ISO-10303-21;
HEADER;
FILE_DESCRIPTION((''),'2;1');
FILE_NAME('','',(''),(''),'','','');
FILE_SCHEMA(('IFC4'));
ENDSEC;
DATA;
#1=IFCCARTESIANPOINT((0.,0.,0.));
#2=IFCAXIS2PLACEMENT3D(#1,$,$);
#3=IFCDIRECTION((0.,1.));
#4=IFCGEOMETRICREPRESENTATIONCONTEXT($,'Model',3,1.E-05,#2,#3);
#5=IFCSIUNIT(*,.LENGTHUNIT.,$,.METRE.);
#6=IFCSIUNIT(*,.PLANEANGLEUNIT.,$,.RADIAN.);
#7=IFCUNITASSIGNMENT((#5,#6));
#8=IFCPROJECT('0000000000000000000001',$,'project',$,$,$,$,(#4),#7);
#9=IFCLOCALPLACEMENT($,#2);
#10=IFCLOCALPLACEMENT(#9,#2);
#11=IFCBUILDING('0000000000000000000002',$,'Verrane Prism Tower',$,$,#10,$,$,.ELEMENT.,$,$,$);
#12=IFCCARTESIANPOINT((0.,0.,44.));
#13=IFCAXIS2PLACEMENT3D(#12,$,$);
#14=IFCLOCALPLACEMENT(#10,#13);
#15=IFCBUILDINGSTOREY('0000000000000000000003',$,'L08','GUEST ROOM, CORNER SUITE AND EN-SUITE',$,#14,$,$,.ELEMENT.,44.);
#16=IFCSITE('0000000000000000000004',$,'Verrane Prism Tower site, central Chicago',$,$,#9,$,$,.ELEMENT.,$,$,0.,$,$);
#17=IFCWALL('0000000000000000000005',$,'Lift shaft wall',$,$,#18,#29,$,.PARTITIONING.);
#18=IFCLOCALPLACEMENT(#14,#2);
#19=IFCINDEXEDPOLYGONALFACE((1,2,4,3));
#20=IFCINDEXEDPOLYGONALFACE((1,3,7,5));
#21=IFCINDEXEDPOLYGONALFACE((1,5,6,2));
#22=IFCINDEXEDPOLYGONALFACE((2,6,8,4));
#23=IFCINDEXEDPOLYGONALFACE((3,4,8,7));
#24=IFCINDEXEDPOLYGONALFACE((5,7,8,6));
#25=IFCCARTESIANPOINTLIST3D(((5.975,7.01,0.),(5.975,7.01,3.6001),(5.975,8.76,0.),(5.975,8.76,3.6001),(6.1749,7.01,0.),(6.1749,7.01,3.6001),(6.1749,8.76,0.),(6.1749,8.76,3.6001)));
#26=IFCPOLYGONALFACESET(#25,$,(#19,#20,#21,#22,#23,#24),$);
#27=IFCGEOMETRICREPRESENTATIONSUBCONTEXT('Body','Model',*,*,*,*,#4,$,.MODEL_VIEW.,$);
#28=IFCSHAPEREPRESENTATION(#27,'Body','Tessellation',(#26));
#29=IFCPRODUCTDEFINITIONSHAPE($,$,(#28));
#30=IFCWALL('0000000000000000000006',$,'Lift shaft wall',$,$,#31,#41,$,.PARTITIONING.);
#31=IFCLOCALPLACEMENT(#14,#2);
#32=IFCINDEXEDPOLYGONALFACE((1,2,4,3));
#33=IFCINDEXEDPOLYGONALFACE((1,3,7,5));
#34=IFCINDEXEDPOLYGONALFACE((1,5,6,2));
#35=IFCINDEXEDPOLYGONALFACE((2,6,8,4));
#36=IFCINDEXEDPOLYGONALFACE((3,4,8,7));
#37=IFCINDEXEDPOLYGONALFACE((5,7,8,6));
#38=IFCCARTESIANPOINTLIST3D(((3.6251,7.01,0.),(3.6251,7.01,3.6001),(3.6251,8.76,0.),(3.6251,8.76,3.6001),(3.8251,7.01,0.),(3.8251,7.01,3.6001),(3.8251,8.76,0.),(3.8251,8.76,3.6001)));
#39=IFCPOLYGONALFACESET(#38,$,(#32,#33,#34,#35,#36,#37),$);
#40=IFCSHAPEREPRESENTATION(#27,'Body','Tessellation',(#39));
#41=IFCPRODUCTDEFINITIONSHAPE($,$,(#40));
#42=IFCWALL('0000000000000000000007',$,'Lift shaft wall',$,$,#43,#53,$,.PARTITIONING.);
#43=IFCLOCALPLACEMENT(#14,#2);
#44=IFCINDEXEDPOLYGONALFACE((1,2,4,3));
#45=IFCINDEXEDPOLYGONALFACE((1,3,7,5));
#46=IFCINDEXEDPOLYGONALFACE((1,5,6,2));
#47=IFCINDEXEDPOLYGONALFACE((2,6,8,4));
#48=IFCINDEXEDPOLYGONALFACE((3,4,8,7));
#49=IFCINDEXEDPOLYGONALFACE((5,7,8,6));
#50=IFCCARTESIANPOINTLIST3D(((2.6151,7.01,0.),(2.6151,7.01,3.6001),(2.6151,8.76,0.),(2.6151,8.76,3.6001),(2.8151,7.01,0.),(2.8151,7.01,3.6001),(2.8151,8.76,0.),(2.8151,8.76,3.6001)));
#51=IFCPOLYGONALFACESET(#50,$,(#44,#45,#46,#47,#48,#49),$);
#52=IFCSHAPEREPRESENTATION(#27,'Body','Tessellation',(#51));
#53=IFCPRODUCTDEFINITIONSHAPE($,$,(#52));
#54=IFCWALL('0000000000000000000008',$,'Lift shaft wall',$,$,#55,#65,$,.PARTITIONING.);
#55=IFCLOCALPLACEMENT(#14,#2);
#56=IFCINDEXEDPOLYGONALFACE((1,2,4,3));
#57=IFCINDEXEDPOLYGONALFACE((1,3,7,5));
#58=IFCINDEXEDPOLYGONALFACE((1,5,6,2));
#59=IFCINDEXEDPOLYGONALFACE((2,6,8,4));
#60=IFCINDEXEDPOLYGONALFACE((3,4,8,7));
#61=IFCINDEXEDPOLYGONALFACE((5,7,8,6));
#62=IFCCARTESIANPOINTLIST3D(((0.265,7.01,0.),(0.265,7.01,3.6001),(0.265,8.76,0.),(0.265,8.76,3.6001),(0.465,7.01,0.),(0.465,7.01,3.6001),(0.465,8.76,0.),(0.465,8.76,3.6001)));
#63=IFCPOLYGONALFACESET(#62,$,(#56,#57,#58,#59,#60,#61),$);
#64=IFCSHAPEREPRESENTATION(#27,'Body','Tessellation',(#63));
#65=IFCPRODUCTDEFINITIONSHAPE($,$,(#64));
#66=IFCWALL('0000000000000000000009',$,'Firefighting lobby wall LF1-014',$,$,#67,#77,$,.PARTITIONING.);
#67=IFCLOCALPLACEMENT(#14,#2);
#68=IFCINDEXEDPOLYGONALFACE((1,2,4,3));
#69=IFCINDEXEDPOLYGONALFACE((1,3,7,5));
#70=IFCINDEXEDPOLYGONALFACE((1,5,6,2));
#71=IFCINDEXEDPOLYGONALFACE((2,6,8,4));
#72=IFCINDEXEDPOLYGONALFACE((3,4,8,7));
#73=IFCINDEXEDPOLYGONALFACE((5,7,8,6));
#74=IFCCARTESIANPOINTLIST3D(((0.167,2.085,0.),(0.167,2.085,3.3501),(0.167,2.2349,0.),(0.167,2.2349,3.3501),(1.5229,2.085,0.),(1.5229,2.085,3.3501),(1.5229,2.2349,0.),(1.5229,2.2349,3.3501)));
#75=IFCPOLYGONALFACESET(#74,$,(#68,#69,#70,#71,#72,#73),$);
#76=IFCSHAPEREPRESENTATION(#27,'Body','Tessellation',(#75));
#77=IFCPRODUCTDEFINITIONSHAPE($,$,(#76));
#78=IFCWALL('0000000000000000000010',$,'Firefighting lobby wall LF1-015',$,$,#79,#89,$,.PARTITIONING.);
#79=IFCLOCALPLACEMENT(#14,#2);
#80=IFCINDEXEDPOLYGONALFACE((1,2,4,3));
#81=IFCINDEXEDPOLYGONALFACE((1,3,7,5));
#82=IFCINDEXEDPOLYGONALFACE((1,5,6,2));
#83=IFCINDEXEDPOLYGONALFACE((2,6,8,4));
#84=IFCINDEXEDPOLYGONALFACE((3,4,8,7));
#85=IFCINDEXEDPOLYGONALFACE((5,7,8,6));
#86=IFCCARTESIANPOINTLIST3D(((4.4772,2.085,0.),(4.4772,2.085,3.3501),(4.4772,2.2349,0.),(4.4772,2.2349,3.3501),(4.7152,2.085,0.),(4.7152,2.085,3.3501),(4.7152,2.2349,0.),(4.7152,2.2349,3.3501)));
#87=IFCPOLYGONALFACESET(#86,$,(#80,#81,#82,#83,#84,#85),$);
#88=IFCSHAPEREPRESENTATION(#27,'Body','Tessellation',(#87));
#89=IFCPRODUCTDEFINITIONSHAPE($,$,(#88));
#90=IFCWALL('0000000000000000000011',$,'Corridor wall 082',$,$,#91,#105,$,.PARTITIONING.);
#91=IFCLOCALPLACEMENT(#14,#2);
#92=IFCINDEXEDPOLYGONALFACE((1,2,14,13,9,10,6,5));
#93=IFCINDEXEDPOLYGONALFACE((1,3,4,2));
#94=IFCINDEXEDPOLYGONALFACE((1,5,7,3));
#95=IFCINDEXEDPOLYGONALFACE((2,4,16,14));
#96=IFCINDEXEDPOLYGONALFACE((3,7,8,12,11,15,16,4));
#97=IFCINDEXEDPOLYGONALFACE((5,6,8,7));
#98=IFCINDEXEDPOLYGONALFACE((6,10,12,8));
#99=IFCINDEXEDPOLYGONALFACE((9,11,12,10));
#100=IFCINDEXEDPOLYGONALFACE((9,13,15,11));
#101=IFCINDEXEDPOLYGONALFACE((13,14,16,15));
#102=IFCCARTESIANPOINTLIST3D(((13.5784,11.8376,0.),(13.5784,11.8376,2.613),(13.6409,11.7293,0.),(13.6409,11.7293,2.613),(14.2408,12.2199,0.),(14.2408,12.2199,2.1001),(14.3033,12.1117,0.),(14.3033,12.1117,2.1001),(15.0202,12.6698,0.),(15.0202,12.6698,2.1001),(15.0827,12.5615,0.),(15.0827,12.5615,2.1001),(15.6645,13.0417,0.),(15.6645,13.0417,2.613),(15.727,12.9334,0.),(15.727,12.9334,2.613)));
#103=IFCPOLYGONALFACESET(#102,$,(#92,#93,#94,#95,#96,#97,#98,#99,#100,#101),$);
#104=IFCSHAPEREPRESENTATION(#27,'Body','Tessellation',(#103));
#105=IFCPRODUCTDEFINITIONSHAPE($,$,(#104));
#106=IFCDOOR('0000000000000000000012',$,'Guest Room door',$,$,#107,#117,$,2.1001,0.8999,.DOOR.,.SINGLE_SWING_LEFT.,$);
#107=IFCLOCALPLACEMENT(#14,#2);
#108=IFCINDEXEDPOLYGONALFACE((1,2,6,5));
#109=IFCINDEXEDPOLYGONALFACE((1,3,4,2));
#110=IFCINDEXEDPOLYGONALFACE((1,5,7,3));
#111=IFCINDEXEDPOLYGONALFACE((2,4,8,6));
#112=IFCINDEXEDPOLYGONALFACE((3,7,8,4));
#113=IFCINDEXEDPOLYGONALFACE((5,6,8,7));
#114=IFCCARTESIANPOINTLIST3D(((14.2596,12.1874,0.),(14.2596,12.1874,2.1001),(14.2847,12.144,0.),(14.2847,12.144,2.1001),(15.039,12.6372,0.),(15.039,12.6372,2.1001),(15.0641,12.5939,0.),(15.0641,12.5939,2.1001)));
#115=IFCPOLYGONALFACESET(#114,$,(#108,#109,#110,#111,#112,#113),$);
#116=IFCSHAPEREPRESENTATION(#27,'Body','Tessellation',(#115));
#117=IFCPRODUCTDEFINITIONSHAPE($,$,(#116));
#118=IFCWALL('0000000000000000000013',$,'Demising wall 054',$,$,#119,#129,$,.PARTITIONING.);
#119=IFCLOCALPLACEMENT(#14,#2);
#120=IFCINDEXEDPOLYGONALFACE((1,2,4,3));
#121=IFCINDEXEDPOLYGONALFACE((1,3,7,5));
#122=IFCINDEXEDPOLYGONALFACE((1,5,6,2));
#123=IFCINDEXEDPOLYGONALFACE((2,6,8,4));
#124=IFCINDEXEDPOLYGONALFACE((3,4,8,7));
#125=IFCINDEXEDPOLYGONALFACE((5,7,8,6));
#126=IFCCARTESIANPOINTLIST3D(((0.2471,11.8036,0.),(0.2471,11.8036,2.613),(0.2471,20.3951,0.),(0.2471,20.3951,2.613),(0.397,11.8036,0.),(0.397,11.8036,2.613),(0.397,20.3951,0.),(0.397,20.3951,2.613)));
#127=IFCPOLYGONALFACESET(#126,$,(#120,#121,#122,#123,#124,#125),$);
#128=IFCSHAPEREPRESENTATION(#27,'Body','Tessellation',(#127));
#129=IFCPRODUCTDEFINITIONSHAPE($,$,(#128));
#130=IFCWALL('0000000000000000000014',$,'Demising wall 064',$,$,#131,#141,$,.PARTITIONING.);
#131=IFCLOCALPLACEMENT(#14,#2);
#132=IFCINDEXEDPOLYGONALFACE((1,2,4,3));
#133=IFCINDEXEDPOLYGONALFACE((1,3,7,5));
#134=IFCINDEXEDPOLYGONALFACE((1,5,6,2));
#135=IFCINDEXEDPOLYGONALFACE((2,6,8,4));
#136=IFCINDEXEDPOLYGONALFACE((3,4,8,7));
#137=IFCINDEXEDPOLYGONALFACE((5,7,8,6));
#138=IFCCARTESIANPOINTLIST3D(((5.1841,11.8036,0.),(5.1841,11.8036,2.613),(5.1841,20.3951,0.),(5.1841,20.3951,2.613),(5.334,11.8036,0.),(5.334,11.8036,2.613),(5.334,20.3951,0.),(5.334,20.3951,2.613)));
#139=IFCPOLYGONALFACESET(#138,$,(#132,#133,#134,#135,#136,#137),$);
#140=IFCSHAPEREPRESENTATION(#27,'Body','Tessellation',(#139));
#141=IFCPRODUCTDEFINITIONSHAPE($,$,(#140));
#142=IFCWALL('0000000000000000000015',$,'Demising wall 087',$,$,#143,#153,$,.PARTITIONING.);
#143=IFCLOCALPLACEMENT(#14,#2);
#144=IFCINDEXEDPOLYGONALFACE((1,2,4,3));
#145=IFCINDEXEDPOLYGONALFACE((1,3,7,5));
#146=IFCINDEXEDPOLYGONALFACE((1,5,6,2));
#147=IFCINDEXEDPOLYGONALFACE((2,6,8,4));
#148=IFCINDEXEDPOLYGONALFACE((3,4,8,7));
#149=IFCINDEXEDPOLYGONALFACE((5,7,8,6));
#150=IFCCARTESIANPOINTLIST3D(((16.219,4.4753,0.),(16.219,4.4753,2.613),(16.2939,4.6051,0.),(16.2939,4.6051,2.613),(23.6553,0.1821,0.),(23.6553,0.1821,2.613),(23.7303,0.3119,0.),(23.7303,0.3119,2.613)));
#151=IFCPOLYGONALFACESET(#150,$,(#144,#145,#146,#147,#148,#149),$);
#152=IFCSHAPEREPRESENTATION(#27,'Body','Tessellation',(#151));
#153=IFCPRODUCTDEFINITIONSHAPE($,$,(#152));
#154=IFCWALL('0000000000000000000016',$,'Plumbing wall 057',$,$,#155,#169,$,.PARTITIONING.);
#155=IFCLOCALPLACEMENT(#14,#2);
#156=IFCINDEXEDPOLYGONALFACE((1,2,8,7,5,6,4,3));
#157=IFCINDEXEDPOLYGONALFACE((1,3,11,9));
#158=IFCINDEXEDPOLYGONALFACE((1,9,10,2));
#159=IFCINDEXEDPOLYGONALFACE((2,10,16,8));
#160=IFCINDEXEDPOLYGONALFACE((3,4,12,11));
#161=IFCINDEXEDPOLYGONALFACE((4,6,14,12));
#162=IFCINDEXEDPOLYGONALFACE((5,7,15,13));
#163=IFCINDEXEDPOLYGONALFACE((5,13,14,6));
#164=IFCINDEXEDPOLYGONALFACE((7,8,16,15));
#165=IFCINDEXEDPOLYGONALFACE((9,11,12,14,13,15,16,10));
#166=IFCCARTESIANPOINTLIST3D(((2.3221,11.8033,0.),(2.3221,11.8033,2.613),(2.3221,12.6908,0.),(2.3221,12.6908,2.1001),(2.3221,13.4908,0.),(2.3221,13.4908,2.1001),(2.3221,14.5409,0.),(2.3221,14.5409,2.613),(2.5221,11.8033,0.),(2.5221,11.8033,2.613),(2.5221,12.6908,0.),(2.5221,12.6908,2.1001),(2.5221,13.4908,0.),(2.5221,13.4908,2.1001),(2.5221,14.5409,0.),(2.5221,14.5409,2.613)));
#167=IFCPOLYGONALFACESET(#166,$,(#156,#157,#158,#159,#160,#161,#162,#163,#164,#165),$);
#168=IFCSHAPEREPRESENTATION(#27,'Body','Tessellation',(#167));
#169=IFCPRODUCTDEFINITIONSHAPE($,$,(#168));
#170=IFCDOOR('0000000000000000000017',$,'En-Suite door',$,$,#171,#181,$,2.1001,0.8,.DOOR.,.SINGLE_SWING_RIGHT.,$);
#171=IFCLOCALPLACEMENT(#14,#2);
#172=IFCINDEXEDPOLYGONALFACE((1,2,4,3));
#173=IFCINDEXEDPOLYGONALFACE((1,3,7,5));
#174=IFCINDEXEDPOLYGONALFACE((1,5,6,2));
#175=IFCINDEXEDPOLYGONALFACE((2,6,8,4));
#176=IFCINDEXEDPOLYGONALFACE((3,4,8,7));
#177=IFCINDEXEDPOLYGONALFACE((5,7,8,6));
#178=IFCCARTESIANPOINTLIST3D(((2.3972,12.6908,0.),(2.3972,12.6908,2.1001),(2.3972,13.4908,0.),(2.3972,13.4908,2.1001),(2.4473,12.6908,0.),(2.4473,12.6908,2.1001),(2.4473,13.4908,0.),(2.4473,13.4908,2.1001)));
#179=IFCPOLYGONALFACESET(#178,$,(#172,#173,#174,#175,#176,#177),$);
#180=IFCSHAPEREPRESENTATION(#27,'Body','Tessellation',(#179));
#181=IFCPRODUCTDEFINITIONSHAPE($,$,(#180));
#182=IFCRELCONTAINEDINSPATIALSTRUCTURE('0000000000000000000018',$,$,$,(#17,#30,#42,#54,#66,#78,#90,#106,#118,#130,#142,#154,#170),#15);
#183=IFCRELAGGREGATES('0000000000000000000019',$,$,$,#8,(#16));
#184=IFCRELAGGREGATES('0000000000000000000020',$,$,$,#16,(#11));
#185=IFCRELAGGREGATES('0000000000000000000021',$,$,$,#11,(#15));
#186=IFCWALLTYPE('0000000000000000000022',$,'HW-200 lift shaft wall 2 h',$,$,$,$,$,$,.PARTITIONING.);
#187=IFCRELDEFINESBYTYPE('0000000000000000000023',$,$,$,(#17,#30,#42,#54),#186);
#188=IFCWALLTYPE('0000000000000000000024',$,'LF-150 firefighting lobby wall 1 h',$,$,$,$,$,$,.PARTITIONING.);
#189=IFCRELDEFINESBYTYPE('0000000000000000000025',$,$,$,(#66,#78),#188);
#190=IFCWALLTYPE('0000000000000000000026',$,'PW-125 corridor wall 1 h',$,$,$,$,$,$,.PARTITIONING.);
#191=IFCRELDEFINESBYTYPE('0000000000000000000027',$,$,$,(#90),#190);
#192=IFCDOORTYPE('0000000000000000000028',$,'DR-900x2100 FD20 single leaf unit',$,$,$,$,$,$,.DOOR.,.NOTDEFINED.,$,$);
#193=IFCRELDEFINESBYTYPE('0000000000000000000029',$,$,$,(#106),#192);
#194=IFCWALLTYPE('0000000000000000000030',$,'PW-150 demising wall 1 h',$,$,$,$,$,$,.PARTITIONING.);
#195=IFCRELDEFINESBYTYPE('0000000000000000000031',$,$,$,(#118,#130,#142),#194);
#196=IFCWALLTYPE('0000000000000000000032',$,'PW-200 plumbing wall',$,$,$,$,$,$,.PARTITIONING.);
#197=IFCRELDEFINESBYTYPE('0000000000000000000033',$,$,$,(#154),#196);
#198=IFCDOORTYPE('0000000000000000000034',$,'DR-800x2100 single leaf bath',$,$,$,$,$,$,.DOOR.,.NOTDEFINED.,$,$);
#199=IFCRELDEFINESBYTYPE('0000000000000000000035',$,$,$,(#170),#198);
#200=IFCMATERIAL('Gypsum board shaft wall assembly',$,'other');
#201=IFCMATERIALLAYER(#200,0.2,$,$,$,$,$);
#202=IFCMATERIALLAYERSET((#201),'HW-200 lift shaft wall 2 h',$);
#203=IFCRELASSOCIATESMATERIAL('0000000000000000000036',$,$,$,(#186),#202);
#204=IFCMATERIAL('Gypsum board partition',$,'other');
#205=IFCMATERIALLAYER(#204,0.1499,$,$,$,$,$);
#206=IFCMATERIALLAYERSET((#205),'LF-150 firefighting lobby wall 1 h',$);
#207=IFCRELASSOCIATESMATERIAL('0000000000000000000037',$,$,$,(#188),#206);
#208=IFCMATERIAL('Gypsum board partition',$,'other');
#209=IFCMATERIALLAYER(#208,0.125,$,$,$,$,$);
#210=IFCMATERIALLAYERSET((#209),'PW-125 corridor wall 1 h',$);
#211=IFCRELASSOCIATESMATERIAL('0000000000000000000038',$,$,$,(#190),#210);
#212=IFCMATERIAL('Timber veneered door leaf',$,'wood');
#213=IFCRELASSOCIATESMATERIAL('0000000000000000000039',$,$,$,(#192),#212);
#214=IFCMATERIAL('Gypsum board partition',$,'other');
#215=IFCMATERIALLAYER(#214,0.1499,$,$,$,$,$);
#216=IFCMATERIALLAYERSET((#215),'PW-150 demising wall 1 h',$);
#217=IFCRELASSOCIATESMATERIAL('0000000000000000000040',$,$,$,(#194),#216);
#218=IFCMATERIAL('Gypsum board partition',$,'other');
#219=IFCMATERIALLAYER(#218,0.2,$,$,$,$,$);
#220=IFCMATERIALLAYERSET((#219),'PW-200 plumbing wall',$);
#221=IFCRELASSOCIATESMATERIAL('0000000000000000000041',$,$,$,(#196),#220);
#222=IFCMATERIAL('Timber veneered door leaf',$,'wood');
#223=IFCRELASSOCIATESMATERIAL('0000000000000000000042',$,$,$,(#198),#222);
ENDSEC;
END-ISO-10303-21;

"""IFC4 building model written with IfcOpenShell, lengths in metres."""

from ifc_helpers import new_model, si_unit, direction, frame, frame_2d, origin, place, context, subcontext, project, spatial, rectangle, extrude, material, layer, layer_set, type_object, element, fill, save


model = new_model("IFC4")

# Units and contexts
model_context = context("Model", 3, precision=1e-05, world=origin(), true_north=direction((0.0, 1.0)))
body_context = subcontext(model_context, "Body", "Model", "MODEL_VIEW")
ifc_project = project(units=[si_unit("LENGTHUNIT", "METRE"), si_unit("PLANEANGLEUNIT", "RADIAN")], contexts=[model_context])

# Site, building, storey
site_placement = place(None, origin())
site = spatial("IfcSite", under=ifc_project, at=site_placement, Name="Verrane Prism Tower site, central Chicago", CompositionType="ELEMENT", RefElevation=0.0)
building_placement = place(site_placement, origin())
building = spatial("IfcBuilding", under=site, at=building_placement, Name="Verrane Prism Tower", CompositionType="ELEMENT")
storey_placement = place(building_placement, frame((0.0, 0.0, 44.0)))
storey = spatial("IfcBuildingStorey", under=building, at=storey_placement, Name="L08", Description="GUEST ROOM, CORNER SUITE AND EN-SUITE", CompositionType="ELEMENT", Elevation=44.0)

# Shared definitions
ifc_material_1 = material(Name="Gypsum board shaft wall assembly", Category="other")
ifc_layer_1 = layer(ifc_material_1, 0.2)
ifc_layer_set_1 = layer_set([ifc_layer_1], Name="HW-200 lift shaft wall 2 h")
wall_type_1 = type_object("IfcWallType", Name="HW-200 lift shaft wall 2 h", PredefinedType="PARTITIONING", material=ifc_layer_set_1)

# Walls
for number, where, z_axis, x_axis, name in (
    (1, (6.075, 7.01, 0.0), (0.0, 0.0, 1.0), (0.0, 1.0, 0.0), "Lift shaft wall"),
    (2, (3.7251, 7.01, 0.0), (0.0, 0.0, 1.0), (0.0, 1.0, 0.0), "Lift shaft wall"),
    (3, (2.7151, 7.01, 0.0), (0.0, 0.0, 1.0), (0.0, 1.0, 0.0), "Lift shaft wall"),
    (4, (0.365, 7.01, 0.0), (0.0, 0.0, 1.0), (0.0, 1.0, 0.0), "Lift shaft wall"),
):
    element("IfcWall", number, at=place(storey_placement, frame(where, z_axis=z_axis, x_axis=x_axis)), inside=storey, type_object=wall_type_1, Name=name, PredefinedType="PARTITIONING", context=body_context, shape_type="SweptSolid", body=[
        extrude(rectangle(XDim=1.75, YDim=0.2, at=frame_2d((0.875, 0.0))), origin(), (0.0, 0.0, 1.0), 3.6001),
    ])
ifc_material_2 = material(Name="Gypsum board partition", Category="other")
ifc_layer_2 = layer(ifc_material_2, 0.1499)
ifc_layer_set_2 = layer_set([ifc_layer_2], Name="LF-150 firefighting lobby wall 1 h")
wall_type_2 = type_object("IfcWallType", Name="LF-150 firefighting lobby wall 1 h", PredefinedType="PARTITIONING", material=ifc_layer_set_2)
wall_1_placement = place(storey_placement, frame((0.167, 2.1599, 0.0), z_axis=(0.0, 0.0, 1.0), x_axis=(1.0, 0.0, 0.0)))
element("IfcWall", 5, at=wall_1_placement, inside=storey, type_object=wall_type_2, Name="Firefighting lobby wall LF1-014", PredefinedType="PARTITIONING", context=body_context, shape_type="SweptSolid", body=[
    extrude(rectangle(XDim=1.356, YDim=0.1499, at=frame_2d((0.678, 0.0))), origin(), (0.0, 0.0, 1.0), 3.3501),
])
wall_2_placement = place(storey_placement, frame((4.4771, 2.1599, 0.0), z_axis=(0.0, 0.0, 1.0), x_axis=(1.0, 0.0, 0.0)))
element("IfcWall", 6, at=wall_2_placement, inside=storey, type_object=wall_type_2, Name="Firefighting lobby wall LF1-015", PredefinedType="PARTITIONING", context=body_context, shape_type="SweptSolid", body=[
    extrude(rectangle(XDim=0.238, YDim=0.1499, at=frame_2d((0.1191, 0.0))), origin(), (0.0, 0.0, 1.0), 3.3501),
])

# Wall, opening, door
ifc_material_3 = material(Name="Gypsum board partition", Category="other")
ifc_layer_3 = layer(ifc_material_3, 0.125)
ifc_layer_set_3 = layer_set([ifc_layer_3], Name="PW-125 corridor wall 1 h")
wall_type_3 = type_object("IfcWallType", Name="PW-125 corridor wall 1 h", PredefinedType="PARTITIONING", material=ifc_layer_set_3)
wall_3_placement = place(storey_placement, frame((13.6096, 11.7834, 0.0), z_axis=(0.0, 0.0, 1.0), x_axis=(0.866089, 0.499889, 0.0)))
wall_3 = element("IfcWall", 7, at=wall_3_placement, inside=storey, type_object=wall_type_3, Name="Corridor wall 082", PredefinedType="PARTITIONING", context=body_context, shape_type="SweptSolid", body=[
    extrude(rectangle(XDim=2.4087, YDim=0.125, at=frame_2d((1.2043, 0.0))), origin(), (0.0, 0.0, 1.0), 2.613),
])
opening_1_placement = place(wall_3_placement, frame((0.7649, 0.0, 0.0)))
opening_1 = element("IfcOpeningElement", 8, at=opening_1_placement, cuts=wall_3, PredefinedType="OPENING", context=body_context, shape_type="SweptSolid", body=[
    extrude(rectangle(XDim=0.8999, YDim=2.1001, at=frame_2d((0.45, 1.05))), frame((0.0, 0.0725, 0.0), z_axis=(0.0, -1.0, 0.0), x_axis=(1.0, 0.0, 0.0)), (0.0, 0.0, 1.0), 0.145),
])
ifc_material_4 = material(Name="Timber veneered door leaf", Category="wood")
door_type_1 = type_object("IfcDoorType", Name="DR-900x2100 FD20 single leaf unit", OperationType="NOTDEFINED", PredefinedType="DOOR", material=ifc_material_4)
door_1_placement = place(opening_1_placement, origin())
door_1 = element("IfcDoor", 9, at=door_1_placement, inside=storey, type_object=door_type_1, Name="Guest Room door", OperationType="SINGLE_SWING_LEFT", OverallHeight=2.1001, OverallWidth=0.8999, PredefinedType="DOOR", context=body_context, shape_type="SweptSolid", body=[
    extrude(rectangle(XDim=0.8999, YDim=2.1001, at=frame_2d((0.45, 1.05))), frame((0.0, 0.0249, 0.0), z_axis=(0.0, -1.0, 0.0), x_axis=(1.0, 0.0, 0.0)), (0.0, 0.0, 1.0), 0.05),
])
fill(opening_1, door_1)

# Walls
ifc_material_5 = material(Name="Gypsum board partition", Category="other")
ifc_layer_4 = layer(ifc_material_5, 0.1499)
ifc_layer_set_4 = layer_set([ifc_layer_4], Name="PW-150 demising wall 1 h")
wall_type_4 = type_object("IfcWallType", Name="PW-150 demising wall 1 h", PredefinedType="PARTITIONING", material=ifc_layer_set_4)
for number, where, z_axis, x_axis, name in (
    (10, (0.322, 11.8035, 0.0), (0.0, 0.0, 1.0), (0.0, 1.0, 0.0), "Demising wall 054"),
    (11, (5.259, 11.8035, 0.0), (0.0, 0.0, 1.0), (0.0, 1.0, 0.0), "Demising wall 064"),
):
    element("IfcWall", number, at=place(storey_placement, frame(where, z_axis=z_axis, x_axis=x_axis)), inside=storey, type_object=wall_type_4, Name=name, PredefinedType="PARTITIONING", context=body_context, shape_type="SweptSolid", body=[
        extrude(rectangle(XDim=8.5916, YDim=0.1499, at=frame_2d((4.2959, 0.0))), origin(), (0.0, 0.0, 1.0), 2.613),
    ])
wall_4_placement = place(storey_placement, frame((16.2563, 4.5403, 0.0), z_axis=(0.0, 0.0, 1.0), x_axis=(0.866032, -0.499989, 0.0)))
element("IfcWall", 12, at=wall_4_placement, inside=storey, type_object=wall_type_4, Name="Demising wall 087", PredefinedType="PARTITIONING", context=body_context, shape_type="SweptSolid", body=[
    extrude(rectangle(XDim=8.5867, YDim=0.1499, at=frame_2d((4.2935, 0.0))), origin(), (0.0, 0.0, 1.0), 2.613),
])

# Wall, opening, door
ifc_material_6 = material(Name="Gypsum board partition", Category="other")
ifc_layer_5 = layer(ifc_material_6, 0.2)
ifc_layer_set_5 = layer_set([ifc_layer_5], Name="PW-200 plumbing wall")
wall_type_5 = type_object("IfcWallType", Name="PW-200 plumbing wall", PredefinedType="PARTITIONING", material=ifc_layer_set_5)
wall_5_placement = place(storey_placement, frame((2.4221, 11.8035, 0.0), z_axis=(0.0, 0.0, 1.0), x_axis=(0.0, 1.0, 0.0)))
wall_5 = element("IfcWall", 13, at=wall_5_placement, inside=storey, type_object=wall_type_5, Name="Plumbing wall 057", PredefinedType="PARTITIONING", context=body_context, shape_type="SweptSolid", body=[
    extrude(rectangle(XDim=2.7375, YDim=0.2, at=frame_2d((1.3687, 0.0))), origin(), (0.0, 0.0, 1.0), 2.613),
])
opening_2_placement = place(wall_5_placement, frame((0.8875, 0.0, 0.0)))
opening_2 = element("IfcOpeningElement", 14, at=opening_2_placement, cuts=wall_5, PredefinedType="OPENING", context=body_context, shape_type="SweptSolid", body=[
    extrude(rectangle(XDim=0.8, YDim=2.1001, at=frame_2d((0.3999, 1.05))), frame((0.0, 0.1099, 0.0), z_axis=(0.0, -1.0, 0.0), x_axis=(1.0, 0.0, 0.0)), (0.0, 0.0, 1.0), 0.22),
])
ifc_material_7 = material(Name="Timber veneered door leaf", Category="wood")
door_type_2 = type_object("IfcDoorType", Name="DR-800x2100 single leaf bath", OperationType="NOTDEFINED", PredefinedType="DOOR", material=ifc_material_7)
door_2_placement = place(opening_2_placement, origin())
door_2 = element("IfcDoor", 15, at=door_2_placement, inside=storey, type_object=door_type_2, Name="En-Suite door", OperationType="SINGLE_SWING_RIGHT", OverallHeight=2.1001, OverallWidth=0.8, PredefinedType="DOOR", context=body_context, shape_type="SweptSolid", body=[
    extrude(rectangle(XDim=0.8, YDim=2.1001, at=frame_2d((0.3999, 1.05))), frame((0.0, 0.0249, 0.0), z_axis=(0.0, -1.0, 0.0), x_axis=(1.0, 0.0, 0.0)), (0.0, 0.0, 1.0), 0.05),
])
fill(opening_2, door_2)

save(model, "model.ifc")
